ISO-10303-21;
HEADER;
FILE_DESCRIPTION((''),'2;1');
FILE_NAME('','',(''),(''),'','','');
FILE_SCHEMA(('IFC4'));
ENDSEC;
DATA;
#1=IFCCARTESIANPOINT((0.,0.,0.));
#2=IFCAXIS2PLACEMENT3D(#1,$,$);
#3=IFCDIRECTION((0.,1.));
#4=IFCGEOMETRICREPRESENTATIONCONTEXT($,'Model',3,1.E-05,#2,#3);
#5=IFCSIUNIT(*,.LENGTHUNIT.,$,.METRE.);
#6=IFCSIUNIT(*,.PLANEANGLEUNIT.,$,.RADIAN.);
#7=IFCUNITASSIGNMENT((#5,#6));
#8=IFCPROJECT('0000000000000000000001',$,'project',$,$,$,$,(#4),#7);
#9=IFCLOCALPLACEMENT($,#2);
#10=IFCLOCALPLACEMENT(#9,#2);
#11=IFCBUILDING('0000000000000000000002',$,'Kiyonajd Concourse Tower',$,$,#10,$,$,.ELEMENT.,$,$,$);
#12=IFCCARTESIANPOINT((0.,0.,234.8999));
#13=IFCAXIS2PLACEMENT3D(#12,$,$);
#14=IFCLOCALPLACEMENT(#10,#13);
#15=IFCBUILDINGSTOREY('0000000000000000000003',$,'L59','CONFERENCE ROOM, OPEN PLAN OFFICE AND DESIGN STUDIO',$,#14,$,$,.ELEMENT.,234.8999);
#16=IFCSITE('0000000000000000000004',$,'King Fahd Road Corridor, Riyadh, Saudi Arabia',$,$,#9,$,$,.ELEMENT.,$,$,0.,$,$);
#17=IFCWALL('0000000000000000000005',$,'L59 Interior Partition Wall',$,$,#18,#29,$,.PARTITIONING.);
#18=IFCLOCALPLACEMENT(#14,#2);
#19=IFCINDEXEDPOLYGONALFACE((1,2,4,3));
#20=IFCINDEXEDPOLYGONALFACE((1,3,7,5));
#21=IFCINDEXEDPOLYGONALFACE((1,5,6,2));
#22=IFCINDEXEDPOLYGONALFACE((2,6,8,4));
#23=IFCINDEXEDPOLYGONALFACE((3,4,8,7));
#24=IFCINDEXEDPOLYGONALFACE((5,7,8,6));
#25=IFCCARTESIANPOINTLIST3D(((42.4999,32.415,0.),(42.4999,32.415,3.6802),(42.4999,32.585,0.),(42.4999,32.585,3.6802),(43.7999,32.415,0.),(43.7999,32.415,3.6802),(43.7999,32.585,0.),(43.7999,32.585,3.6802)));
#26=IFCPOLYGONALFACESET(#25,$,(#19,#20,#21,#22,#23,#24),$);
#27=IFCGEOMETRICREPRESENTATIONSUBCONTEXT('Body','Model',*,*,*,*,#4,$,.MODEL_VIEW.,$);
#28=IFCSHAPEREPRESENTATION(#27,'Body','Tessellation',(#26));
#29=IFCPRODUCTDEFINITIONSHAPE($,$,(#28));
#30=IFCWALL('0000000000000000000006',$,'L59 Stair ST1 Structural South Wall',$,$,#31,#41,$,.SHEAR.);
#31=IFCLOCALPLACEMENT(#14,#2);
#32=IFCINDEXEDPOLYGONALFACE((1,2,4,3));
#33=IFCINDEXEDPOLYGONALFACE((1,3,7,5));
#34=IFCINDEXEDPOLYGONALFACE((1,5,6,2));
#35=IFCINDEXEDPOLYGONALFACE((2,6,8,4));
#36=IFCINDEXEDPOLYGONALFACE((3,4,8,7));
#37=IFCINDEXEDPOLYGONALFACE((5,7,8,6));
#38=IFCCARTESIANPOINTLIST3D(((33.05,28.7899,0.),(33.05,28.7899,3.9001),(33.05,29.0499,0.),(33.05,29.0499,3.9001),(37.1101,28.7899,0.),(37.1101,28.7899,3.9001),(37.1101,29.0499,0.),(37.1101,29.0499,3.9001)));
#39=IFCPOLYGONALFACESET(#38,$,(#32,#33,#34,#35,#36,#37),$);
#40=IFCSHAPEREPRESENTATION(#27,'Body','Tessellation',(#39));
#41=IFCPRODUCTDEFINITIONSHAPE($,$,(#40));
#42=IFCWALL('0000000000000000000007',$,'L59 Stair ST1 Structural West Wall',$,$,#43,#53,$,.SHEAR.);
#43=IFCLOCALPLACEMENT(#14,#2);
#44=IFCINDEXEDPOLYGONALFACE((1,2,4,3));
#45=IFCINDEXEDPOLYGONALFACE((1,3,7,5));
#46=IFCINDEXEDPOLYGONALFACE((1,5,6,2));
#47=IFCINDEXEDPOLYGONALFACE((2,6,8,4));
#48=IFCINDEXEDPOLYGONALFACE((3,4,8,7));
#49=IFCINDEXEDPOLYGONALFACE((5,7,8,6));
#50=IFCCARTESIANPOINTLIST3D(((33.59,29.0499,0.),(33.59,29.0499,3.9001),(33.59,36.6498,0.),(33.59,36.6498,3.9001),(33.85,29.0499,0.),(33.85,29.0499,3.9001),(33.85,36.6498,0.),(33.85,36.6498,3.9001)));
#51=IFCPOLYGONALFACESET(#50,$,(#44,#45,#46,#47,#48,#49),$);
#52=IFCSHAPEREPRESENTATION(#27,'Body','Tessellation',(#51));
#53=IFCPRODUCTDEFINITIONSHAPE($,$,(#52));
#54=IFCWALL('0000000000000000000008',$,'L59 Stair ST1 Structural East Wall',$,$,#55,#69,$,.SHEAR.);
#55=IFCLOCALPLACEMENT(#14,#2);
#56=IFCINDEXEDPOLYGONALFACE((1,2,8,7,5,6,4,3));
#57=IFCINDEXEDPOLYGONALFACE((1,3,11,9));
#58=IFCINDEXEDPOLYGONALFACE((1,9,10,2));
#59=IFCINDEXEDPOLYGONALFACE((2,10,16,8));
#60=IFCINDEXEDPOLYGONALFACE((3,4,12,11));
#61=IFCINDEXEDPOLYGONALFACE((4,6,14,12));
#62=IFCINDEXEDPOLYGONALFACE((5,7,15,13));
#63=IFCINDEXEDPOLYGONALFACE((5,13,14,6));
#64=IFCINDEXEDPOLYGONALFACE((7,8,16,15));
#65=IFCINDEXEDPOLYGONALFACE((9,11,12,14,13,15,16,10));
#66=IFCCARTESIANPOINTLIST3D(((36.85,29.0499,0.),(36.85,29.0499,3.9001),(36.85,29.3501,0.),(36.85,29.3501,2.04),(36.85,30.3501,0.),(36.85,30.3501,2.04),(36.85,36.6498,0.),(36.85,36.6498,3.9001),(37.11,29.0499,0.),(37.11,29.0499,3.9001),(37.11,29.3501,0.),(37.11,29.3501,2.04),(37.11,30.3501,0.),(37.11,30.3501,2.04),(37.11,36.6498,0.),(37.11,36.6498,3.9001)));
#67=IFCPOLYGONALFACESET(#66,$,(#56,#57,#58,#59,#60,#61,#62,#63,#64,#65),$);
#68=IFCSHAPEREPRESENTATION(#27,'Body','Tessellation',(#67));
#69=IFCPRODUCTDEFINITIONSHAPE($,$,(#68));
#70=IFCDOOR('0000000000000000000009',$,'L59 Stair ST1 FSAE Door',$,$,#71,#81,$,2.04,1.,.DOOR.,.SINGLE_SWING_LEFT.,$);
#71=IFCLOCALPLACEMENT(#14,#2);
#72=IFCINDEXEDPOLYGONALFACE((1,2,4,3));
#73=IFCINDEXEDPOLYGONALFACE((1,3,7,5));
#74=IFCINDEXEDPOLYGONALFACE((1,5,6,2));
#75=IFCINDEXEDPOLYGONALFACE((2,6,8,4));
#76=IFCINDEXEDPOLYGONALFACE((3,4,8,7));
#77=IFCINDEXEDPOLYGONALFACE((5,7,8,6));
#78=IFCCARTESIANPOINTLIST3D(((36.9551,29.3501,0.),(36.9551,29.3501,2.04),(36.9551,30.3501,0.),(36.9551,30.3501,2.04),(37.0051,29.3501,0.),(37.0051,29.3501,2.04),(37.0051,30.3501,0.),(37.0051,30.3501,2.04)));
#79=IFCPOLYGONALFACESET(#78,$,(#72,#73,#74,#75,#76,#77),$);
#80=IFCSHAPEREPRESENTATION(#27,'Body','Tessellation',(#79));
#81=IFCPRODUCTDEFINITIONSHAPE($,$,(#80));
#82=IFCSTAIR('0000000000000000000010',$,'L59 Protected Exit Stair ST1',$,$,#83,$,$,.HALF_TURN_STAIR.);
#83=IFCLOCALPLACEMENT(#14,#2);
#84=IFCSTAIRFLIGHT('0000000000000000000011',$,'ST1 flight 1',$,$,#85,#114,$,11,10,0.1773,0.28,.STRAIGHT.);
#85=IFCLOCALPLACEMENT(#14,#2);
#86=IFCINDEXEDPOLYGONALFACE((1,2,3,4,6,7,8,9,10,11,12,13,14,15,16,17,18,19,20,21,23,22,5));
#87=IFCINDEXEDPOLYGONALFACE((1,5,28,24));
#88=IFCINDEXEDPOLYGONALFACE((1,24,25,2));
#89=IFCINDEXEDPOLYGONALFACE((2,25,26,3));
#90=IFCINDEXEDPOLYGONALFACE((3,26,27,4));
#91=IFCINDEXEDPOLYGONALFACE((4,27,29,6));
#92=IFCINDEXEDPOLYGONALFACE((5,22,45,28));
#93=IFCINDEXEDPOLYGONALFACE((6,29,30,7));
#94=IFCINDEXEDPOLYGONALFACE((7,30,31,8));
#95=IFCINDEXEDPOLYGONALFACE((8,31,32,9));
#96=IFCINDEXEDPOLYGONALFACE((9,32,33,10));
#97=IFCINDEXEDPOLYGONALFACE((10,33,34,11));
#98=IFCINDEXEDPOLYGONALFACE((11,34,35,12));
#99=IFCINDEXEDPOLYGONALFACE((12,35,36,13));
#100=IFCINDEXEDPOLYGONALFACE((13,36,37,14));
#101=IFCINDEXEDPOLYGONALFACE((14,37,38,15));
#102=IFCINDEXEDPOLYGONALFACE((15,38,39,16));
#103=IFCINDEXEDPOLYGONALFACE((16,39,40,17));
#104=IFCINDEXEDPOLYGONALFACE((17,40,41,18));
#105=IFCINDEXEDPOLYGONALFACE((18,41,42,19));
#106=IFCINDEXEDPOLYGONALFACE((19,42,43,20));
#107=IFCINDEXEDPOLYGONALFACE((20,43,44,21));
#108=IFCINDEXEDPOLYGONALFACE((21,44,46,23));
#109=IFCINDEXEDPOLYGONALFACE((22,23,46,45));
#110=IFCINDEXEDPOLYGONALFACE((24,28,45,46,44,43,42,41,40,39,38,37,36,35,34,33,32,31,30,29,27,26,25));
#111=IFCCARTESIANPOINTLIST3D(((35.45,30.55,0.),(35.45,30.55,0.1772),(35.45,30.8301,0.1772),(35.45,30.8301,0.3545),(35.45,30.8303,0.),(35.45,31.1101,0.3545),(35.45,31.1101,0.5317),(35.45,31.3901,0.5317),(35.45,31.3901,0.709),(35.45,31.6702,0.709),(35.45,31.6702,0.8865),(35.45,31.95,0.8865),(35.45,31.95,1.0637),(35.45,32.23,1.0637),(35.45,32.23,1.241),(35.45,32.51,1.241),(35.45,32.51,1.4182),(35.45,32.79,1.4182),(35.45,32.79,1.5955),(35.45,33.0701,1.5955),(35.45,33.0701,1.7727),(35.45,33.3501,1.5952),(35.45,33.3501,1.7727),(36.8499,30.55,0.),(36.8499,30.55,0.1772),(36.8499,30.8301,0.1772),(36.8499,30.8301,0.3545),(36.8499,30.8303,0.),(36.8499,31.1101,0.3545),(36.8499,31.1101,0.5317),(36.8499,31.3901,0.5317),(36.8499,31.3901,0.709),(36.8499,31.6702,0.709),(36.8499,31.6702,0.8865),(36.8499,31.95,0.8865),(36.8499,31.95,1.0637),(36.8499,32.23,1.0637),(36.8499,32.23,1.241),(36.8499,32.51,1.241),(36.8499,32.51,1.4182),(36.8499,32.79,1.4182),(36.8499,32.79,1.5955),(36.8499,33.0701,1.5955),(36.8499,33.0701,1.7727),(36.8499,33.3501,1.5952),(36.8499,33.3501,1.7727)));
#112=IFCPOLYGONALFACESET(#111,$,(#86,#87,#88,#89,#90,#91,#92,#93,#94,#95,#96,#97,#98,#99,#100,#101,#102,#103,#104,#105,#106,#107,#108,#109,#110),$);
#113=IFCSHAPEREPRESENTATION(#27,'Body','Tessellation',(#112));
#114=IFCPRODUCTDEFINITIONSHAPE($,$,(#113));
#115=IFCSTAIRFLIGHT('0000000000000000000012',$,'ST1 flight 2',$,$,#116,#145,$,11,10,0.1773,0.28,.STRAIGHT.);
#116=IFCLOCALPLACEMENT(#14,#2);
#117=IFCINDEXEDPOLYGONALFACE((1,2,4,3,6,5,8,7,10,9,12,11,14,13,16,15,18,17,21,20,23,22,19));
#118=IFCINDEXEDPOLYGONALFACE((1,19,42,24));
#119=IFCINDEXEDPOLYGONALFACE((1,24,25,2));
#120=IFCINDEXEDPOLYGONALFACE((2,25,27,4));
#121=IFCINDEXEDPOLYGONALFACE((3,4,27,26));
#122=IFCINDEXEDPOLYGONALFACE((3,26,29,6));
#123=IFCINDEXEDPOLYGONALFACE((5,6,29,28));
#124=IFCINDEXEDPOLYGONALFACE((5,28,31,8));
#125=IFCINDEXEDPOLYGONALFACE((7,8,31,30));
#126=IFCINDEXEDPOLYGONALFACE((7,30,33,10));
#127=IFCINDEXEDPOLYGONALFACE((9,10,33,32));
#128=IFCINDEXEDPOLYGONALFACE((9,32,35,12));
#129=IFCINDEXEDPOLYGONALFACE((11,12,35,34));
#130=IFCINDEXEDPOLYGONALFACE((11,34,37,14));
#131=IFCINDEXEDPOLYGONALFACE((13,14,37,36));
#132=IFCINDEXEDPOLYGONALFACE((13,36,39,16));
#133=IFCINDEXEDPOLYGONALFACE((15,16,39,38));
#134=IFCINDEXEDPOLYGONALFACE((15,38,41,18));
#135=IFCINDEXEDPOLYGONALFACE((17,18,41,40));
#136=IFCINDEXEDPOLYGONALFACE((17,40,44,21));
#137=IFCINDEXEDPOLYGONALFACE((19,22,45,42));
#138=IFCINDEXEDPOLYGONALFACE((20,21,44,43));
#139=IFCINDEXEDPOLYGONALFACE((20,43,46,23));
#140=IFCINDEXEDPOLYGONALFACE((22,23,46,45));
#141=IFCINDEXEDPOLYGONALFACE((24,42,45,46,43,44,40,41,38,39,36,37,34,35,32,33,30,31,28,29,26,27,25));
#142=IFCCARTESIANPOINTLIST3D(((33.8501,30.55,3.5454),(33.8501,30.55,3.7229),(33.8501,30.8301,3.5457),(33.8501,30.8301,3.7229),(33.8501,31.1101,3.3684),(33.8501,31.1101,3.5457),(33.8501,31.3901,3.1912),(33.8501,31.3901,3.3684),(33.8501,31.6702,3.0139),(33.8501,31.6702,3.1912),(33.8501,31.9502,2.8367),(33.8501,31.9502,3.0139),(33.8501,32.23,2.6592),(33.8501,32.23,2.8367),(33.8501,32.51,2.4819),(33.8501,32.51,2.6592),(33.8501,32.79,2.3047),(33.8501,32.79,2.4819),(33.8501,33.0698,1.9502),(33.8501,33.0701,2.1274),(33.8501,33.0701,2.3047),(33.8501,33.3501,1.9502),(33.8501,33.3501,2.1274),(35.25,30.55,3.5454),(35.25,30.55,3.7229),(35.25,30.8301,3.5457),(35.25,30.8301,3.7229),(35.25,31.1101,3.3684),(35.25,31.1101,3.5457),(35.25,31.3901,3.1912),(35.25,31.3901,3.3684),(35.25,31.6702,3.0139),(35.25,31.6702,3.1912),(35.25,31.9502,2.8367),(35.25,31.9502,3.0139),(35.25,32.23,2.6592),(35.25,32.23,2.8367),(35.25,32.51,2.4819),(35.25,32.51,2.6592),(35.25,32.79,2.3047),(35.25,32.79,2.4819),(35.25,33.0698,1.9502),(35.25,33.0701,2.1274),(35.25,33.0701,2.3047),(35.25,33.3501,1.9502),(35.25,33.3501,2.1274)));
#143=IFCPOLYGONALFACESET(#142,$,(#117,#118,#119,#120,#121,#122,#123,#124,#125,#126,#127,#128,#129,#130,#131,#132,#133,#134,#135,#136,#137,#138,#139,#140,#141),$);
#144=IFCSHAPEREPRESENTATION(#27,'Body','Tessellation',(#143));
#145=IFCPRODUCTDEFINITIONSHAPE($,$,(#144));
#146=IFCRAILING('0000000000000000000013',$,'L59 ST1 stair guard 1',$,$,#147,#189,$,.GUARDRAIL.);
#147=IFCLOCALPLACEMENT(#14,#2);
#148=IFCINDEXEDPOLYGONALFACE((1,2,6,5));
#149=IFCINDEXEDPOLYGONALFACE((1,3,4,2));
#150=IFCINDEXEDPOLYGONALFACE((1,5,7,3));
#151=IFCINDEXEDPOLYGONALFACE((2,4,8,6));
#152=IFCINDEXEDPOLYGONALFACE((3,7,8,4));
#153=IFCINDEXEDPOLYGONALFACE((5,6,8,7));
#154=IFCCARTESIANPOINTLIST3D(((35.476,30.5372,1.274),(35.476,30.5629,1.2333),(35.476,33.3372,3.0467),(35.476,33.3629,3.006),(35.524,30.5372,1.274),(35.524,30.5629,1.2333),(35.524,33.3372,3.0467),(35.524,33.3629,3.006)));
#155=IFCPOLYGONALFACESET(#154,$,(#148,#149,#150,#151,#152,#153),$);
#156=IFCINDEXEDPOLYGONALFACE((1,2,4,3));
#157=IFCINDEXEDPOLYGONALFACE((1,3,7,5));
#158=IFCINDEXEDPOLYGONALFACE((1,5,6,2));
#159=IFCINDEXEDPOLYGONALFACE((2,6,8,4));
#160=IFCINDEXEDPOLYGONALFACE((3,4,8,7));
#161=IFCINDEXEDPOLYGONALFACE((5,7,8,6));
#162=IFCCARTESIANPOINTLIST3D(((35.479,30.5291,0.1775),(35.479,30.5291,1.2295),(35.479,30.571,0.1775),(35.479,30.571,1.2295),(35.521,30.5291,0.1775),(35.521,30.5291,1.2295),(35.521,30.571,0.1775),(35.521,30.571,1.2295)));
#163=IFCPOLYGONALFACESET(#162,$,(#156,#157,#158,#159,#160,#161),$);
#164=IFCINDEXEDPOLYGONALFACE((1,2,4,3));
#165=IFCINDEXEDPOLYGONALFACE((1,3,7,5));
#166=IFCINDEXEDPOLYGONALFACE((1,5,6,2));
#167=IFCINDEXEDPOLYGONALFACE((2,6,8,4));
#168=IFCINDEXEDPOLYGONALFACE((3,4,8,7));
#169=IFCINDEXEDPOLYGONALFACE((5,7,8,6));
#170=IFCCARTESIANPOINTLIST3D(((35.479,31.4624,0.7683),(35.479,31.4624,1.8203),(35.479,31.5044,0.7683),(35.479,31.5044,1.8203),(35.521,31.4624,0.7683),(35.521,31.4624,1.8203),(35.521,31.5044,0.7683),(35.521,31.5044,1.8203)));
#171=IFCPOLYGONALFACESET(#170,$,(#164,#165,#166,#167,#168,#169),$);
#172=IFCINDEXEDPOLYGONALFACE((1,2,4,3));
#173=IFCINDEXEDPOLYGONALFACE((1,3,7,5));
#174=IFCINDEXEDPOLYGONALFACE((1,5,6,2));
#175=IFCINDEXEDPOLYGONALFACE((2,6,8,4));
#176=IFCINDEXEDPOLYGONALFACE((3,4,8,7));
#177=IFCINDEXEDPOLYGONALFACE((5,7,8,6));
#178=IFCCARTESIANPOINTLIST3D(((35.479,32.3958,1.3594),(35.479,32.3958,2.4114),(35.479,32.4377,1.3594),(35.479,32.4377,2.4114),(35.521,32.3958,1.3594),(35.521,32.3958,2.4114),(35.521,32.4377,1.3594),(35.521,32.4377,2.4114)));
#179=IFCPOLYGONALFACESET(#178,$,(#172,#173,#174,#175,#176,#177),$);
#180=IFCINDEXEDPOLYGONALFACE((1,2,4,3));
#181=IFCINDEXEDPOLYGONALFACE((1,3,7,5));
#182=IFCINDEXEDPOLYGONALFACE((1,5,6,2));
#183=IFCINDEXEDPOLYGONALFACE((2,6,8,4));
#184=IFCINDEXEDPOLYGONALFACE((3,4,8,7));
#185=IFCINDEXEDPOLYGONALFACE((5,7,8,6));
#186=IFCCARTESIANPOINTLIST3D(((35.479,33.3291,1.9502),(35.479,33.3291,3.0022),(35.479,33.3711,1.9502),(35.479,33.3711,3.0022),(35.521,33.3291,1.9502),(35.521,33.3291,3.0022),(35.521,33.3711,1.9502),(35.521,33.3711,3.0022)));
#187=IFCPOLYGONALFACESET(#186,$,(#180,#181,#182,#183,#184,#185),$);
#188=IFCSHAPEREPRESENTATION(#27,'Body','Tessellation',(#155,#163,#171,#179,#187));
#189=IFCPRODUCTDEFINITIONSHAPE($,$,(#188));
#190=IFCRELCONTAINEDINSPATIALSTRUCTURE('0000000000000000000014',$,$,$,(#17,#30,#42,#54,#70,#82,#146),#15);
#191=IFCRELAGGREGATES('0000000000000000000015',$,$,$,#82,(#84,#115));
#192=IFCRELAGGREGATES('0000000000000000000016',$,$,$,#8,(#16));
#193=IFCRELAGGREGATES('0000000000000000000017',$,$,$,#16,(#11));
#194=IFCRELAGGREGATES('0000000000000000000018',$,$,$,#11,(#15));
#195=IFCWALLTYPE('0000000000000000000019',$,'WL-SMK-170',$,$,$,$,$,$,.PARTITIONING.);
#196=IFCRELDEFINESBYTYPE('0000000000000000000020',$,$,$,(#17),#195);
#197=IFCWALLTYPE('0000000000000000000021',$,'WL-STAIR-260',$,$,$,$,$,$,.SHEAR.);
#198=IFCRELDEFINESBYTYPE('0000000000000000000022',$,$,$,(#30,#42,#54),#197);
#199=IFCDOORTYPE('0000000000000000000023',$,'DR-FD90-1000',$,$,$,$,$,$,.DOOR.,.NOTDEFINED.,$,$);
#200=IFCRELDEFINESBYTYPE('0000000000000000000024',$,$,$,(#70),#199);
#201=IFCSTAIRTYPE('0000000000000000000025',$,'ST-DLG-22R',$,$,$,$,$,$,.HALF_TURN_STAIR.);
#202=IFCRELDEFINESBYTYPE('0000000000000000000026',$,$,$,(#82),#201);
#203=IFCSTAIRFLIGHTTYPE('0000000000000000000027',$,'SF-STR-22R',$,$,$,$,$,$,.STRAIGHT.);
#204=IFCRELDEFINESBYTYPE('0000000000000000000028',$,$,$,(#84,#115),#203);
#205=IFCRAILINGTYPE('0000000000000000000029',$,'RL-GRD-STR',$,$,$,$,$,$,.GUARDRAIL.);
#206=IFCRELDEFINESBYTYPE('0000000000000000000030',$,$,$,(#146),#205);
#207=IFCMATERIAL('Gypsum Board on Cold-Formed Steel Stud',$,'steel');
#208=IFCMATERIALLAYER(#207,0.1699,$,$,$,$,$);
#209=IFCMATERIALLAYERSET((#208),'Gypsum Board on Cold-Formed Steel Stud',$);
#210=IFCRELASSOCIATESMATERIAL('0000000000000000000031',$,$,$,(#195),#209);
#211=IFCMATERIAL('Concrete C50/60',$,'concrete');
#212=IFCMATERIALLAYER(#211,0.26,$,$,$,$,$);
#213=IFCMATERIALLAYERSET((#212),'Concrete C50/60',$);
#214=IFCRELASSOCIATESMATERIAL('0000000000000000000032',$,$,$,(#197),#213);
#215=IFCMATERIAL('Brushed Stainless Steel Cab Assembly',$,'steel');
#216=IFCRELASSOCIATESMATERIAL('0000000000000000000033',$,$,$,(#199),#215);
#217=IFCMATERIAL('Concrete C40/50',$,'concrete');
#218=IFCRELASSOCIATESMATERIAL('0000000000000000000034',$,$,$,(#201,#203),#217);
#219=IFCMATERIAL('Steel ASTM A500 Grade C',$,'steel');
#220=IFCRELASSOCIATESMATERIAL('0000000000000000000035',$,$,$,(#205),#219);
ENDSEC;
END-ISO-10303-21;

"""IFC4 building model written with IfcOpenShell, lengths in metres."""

from ifc_helpers import new_model, si_unit, direction, frame, frame_2d, origin, origin_2d, place, context, subcontext, project, spatial, polyline, rectangle, outline, extrude, material, layer, layer_set, type_object, element, fill, aggregate, save


model = new_model("IFC4")

# Units and contexts
model_context = context("Model", 3, precision=1e-05, world=origin(), true_north=direction((0.0, 1.0)))
body_context = subcontext(model_context, "Body", "Model", "MODEL_VIEW")
ifc_project = project(units=[si_unit("LENGTHUNIT", "METRE"), si_unit("PLANEANGLEUNIT", "RADIAN")], contexts=[model_context])

# Site, building, storey
site_placement = place(None, origin())
site = spatial("IfcSite", under=ifc_project, at=site_placement, Name="King Fahd Road Corridor, Riyadh, Saudi Arabia", CompositionType="ELEMENT", RefElevation=0.0)
building_placement = place(site_placement, origin())
building = spatial("IfcBuilding", under=site, at=building_placement, Name="Kiyonajd Concourse Tower", CompositionType="ELEMENT")
storey_placement = place(building_placement, frame((0.0, 0.0, 234.8999)))
storey = spatial("IfcBuildingStorey", under=building, at=storey_placement, Name="L59", Description="CONFERENCE ROOM, OPEN PLAN OFFICE AND DESIGN STUDIO", CompositionType="ELEMENT", Elevation=234.8999)

# Shared definitions
ifc_material_1 = material(Name="Concrete C50/60", Category="concrete")

# Shared definitions
ifc_material_2 = material(Name="Gypsum Board on Cold-Formed Steel Stud", Category="steel")

# Shared definitions
ifc_material_3 = material(Name="Brushed Stainless Steel Cab Assembly", Category="steel")

# Walls
ifc_layer_1 = layer(ifc_material_2, 0.1699)
ifc_layer_set_1 = layer_set([ifc_layer_1], Name="Gypsum Board on Cold-Formed Steel Stud")
wall_type_1 = type_object("IfcWallType", Name="WL-SMK-170", PredefinedType="PARTITIONING", material=ifc_layer_set_1)
wall_1_placement = place(storey_placement, frame((42.5, 32.5, 0.0), z_axis=(0.0, 0.0, 1.0), x_axis=(1.0, 0.0, 0.0)))
element("IfcWall", 1, at=wall_1_placement, inside=storey, type_object=wall_type_1, Name="L59 Interior Partition Wall", PredefinedType="PARTITIONING", context=body_context, shape_type="SweptSolid", body=[
    extrude(rectangle(XDim=1.3, YDim=0.1699, at=frame_2d((0.6499, 0.0))), origin(), (0.0, 0.0, 1.0), 3.6802),
])
ifc_layer_2 = layer(ifc_material_1, 0.26)
ifc_layer_set_2 = layer_set([ifc_layer_2], Name="Concrete C50/60")
wall_type_2 = type_object("IfcWallType", Name="WL-STAIR-260", PredefinedType="SHEAR", material=ifc_layer_set_2)
wall_2_placement = place(storey_placement, frame((33.05, 28.9199, 0.0), z_axis=(0.0, 0.0, 1.0), x_axis=(1.0, 0.0, 0.0)))
element("IfcWall", 2, at=wall_2_placement, inside=storey, type_object=wall_type_2, Name="L59 Stair ST1 Structural South Wall", PredefinedType="SHEAR", context=body_context, shape_type="SweptSolid", body=[
    extrude(rectangle(XDim=4.0601, YDim=0.26, at=frame_2d((2.03, 0.0))), origin(), (0.0, 0.0, 1.0), 3.9001),
])
wall_3_placement = place(storey_placement, frame((33.72, 29.05, 0.0), z_axis=(0.0, 0.0, 1.0), x_axis=(0.0, 1.0, 0.0)))
element("IfcWall", 3, at=wall_3_placement, inside=storey, type_object=wall_type_2, Name="L59 Stair ST1 Structural West Wall", PredefinedType="SHEAR", context=body_context, shape_type="SweptSolid", body=[
    extrude(rectangle(XDim=7.5999, YDim=0.26, at=frame_2d((3.7998, 0.0))), origin(), (0.0, 0.0, 1.0), 3.9001),
])

# Wall, opening, door
wall_4_placement = place(storey_placement, frame((36.98, 29.05, 0.0), z_axis=(0.0, 0.0, 1.0), x_axis=(0.0, 1.0, 0.0)))
wall_4 = element("IfcWall", 4, at=wall_4_placement, inside=storey, type_object=wall_type_2, Name="L59 Stair ST1 Structural East Wall", PredefinedType="SHEAR", context=body_context, shape_type="SweptSolid", body=[
    extrude(rectangle(XDim=7.5999, YDim=0.26, at=frame_2d((3.7998, 0.0))), origin(), (0.0, 0.0, 1.0), 3.9001),
])
opening_1_placement = place(wall_4_placement, frame((0.3, 0.0, 0.0)))
opening_1 = element("IfcOpeningElement", 5, at=opening_1_placement, cuts=wall_4, PredefinedType="OPENING", context=body_context, shape_type="SweptSolid", body=[
    extrude(rectangle(XDim=1.0, YDim=2.04, at=frame_2d((0.5, 1.02))), frame((0.0, 0.1399, 0.0), z_axis=(0.0, -1.0, 0.0), x_axis=(1.0, 0.0, 0.0)), (0.0, 0.0, 1.0), 0.28),
])
door_type_1 = type_object("IfcDoorType", Name="DR-FD90-1000", OperationType="NOTDEFINED", PredefinedType="DOOR", material=ifc_material_3)
door_1_placement = place(opening_1_placement, origin())
door_1 = element("IfcDoor", 6, at=door_1_placement, inside=storey, type_object=door_type_1, Name="L59 Stair ST1 FSAE Door", OperationType="SINGLE_SWING_LEFT", OverallHeight=2.04, OverallWidth=1.0, PredefinedType="DOOR", context=body_context, shape_type="SweptSolid", body=[
    extrude(rectangle(XDim=1.0, YDim=2.04, at=frame_2d((0.5, 1.02))), frame((0.0, 0.0249, 0.0), z_axis=(0.0, -1.0, 0.0), x_axis=(1.0, 0.0, 0.0)), (0.0, 0.0, 1.0), 0.05),
])
fill(opening_1, door_1)

# Stair, stair flights
ifc_material_4 = material(Name="Concrete C40/50", Category="concrete")
stair_type = type_object("IfcStairType", Name="ST-DLG-22R", PredefinedType="HALF_TURN_STAIR", material=ifc_material_4)
stair_placement = place(storey_placement, origin())
stair = element("IfcStair", 7, at=stair_placement, inside=storey, type_object=stair_type, Name="L59 Protected Exit Stair ST1", PredefinedType="HALF_TURN_STAIR")
stair_flight_type = type_object("IfcStairFlightType", Name="SF-STR-22R", PredefinedType="STRAIGHT", material=ifc_material_4)
stair_flight_1_placement = place(storey_placement, frame((36.1499, 30.55, 0.0), z_axis=(0.0, 0.0, 1.0), x_axis=(0.0, 1.0, 0.0)))
stair_flight_1 = element("IfcStairFlight", 8, at=stair_flight_1_placement, type_object=stair_flight_type, Name="ST1 flight 1", NumberOfRisers=11, NumberOfTreads=10, PredefinedType="STRAIGHT", RiserHeight=0.1773, TreadLength=0.28, context=body_context, shape_type="SweptSolid", body=[
    extrude(outline(polyline([(0.0, 0.0), (0.0, 0.1772), (0.28, 0.1772), (0.28, 0.3545), (0.5601, 0.3545), (0.5601, 0.5317), (0.8401, 0.5317), (0.8401, 0.709), (1.1201, 0.709), (1.1201, 0.8865), (1.3999, 0.8865), (1.3999, 1.0637), (1.6799, 1.0637), (1.6799, 1.241), (1.96, 1.241), (1.96, 1.4182), (2.24, 1.4182), (2.24, 1.5955), (2.52, 1.5955), (2.52, 1.7727), (2.8, 1.7727), (2.8, 1.95), (2.8, 1.5952), (0.2803, 0.0), (0.0, 0.0)])), frame((0.0, 0.7, 0.0), z_axis=(0.0, -1.0, 0.0), x_axis=(1.0, 0.0, 0.0)), (0.0, 0.0, 1.0), 1.3999),
])
stair_flight_2_placement = place(storey_placement, frame((34.55, 33.3501, 1.9502), z_axis=(0.0, 0.0, 1.0), x_axis=(0.0, -1.0, 0.0)))
stair_flight_2 = element("IfcStairFlight", 9, at=stair_flight_2_placement, type_object=stair_flight_type, Name="ST1 flight 2", NumberOfRisers=11, NumberOfTreads=10, PredefinedType="STRAIGHT", RiserHeight=0.1773, TreadLength=0.28, context=body_context, shape_type="SweptSolid", body=[
    extrude(outline(polyline([(0.0, 0.0), (0.0, 0.1772), (0.28, 0.1772), (0.28, 0.3545), (0.5601, 0.3545), (0.5601, 0.5317), (0.8401, 0.5317), (0.8401, 0.709), (1.1201, 0.709), (1.1201, 0.8865), (1.3999, 0.8865), (1.3999, 1.0637), (1.6799, 1.0637), (1.6799, 1.241), (1.96, 1.241), (1.96, 1.4182), (2.24, 1.4182), (2.24, 1.5955), (2.52, 1.5955), (2.52, 1.7727), (2.8, 1.7727), (2.8, 1.95), (2.8, 1.5952), (0.2803, 0.0), (0.0, 0.0)])), frame((0.0, 0.7, 0.0), z_axis=(0.0, -1.0, 0.0), x_axis=(1.0, 0.0, 0.0)), (0.0, 0.0, 1.0), 1.3999),
])
aggregate(stair, [stair_flight_1, stair_flight_2])

# Railing
ifc_material_5 = material(Name="Steel ASTM A500 Grade C", Category="steel")
railing_type_1 = type_object("IfcRailingType", Name="RL-GRD-STR", PredefinedType="GUARDRAIL", material=ifc_material_5)
railing_1_placement = place(storey_placement, frame((35.5, 30.55, 0.1775)))
element("IfcRailing", 10, at=railing_1_placement, inside=storey, type_object=railing_type_1, Name="L59 ST1 stair guard 1", PredefinedType="GUARDRAIL", context=body_context, shape_type="SweptSolid", body=[
    extrude(rectangle(XDim=0.0481, YDim=0.0481, at=origin_2d()), frame((0.0, 0.0, 1.0762), z_axis=(0.0, 0.844909, 0.53491), x_axis=(-1.0, 0.0, 0.0)), (0.0, 0.0, 1.0), 3.314),
    extrude(rectangle(XDim=0.042, YDim=0.042, at=origin_2d()), origin(), (0.0, 0.0, 1.0), 1.052),
    extrude(rectangle(XDim=0.042, YDim=0.042, at=origin_2d()), frame((0.0, 0.9333, 0.5908)), (0.0, 0.0, 1.0), 1.052),
    extrude(rectangle(XDim=0.042, YDim=0.042, at=origin_2d()), frame((0.0, 1.8667, 1.1819)), (0.0, 0.0, 1.0), 1.052),
    extrude(rectangle(XDim=0.042, YDim=0.042, at=origin_2d()), frame((0.0, 2.8, 1.7727)), (0.0, 0.0, 1.0), 1.052),
])

save(model, "model.ifc")
